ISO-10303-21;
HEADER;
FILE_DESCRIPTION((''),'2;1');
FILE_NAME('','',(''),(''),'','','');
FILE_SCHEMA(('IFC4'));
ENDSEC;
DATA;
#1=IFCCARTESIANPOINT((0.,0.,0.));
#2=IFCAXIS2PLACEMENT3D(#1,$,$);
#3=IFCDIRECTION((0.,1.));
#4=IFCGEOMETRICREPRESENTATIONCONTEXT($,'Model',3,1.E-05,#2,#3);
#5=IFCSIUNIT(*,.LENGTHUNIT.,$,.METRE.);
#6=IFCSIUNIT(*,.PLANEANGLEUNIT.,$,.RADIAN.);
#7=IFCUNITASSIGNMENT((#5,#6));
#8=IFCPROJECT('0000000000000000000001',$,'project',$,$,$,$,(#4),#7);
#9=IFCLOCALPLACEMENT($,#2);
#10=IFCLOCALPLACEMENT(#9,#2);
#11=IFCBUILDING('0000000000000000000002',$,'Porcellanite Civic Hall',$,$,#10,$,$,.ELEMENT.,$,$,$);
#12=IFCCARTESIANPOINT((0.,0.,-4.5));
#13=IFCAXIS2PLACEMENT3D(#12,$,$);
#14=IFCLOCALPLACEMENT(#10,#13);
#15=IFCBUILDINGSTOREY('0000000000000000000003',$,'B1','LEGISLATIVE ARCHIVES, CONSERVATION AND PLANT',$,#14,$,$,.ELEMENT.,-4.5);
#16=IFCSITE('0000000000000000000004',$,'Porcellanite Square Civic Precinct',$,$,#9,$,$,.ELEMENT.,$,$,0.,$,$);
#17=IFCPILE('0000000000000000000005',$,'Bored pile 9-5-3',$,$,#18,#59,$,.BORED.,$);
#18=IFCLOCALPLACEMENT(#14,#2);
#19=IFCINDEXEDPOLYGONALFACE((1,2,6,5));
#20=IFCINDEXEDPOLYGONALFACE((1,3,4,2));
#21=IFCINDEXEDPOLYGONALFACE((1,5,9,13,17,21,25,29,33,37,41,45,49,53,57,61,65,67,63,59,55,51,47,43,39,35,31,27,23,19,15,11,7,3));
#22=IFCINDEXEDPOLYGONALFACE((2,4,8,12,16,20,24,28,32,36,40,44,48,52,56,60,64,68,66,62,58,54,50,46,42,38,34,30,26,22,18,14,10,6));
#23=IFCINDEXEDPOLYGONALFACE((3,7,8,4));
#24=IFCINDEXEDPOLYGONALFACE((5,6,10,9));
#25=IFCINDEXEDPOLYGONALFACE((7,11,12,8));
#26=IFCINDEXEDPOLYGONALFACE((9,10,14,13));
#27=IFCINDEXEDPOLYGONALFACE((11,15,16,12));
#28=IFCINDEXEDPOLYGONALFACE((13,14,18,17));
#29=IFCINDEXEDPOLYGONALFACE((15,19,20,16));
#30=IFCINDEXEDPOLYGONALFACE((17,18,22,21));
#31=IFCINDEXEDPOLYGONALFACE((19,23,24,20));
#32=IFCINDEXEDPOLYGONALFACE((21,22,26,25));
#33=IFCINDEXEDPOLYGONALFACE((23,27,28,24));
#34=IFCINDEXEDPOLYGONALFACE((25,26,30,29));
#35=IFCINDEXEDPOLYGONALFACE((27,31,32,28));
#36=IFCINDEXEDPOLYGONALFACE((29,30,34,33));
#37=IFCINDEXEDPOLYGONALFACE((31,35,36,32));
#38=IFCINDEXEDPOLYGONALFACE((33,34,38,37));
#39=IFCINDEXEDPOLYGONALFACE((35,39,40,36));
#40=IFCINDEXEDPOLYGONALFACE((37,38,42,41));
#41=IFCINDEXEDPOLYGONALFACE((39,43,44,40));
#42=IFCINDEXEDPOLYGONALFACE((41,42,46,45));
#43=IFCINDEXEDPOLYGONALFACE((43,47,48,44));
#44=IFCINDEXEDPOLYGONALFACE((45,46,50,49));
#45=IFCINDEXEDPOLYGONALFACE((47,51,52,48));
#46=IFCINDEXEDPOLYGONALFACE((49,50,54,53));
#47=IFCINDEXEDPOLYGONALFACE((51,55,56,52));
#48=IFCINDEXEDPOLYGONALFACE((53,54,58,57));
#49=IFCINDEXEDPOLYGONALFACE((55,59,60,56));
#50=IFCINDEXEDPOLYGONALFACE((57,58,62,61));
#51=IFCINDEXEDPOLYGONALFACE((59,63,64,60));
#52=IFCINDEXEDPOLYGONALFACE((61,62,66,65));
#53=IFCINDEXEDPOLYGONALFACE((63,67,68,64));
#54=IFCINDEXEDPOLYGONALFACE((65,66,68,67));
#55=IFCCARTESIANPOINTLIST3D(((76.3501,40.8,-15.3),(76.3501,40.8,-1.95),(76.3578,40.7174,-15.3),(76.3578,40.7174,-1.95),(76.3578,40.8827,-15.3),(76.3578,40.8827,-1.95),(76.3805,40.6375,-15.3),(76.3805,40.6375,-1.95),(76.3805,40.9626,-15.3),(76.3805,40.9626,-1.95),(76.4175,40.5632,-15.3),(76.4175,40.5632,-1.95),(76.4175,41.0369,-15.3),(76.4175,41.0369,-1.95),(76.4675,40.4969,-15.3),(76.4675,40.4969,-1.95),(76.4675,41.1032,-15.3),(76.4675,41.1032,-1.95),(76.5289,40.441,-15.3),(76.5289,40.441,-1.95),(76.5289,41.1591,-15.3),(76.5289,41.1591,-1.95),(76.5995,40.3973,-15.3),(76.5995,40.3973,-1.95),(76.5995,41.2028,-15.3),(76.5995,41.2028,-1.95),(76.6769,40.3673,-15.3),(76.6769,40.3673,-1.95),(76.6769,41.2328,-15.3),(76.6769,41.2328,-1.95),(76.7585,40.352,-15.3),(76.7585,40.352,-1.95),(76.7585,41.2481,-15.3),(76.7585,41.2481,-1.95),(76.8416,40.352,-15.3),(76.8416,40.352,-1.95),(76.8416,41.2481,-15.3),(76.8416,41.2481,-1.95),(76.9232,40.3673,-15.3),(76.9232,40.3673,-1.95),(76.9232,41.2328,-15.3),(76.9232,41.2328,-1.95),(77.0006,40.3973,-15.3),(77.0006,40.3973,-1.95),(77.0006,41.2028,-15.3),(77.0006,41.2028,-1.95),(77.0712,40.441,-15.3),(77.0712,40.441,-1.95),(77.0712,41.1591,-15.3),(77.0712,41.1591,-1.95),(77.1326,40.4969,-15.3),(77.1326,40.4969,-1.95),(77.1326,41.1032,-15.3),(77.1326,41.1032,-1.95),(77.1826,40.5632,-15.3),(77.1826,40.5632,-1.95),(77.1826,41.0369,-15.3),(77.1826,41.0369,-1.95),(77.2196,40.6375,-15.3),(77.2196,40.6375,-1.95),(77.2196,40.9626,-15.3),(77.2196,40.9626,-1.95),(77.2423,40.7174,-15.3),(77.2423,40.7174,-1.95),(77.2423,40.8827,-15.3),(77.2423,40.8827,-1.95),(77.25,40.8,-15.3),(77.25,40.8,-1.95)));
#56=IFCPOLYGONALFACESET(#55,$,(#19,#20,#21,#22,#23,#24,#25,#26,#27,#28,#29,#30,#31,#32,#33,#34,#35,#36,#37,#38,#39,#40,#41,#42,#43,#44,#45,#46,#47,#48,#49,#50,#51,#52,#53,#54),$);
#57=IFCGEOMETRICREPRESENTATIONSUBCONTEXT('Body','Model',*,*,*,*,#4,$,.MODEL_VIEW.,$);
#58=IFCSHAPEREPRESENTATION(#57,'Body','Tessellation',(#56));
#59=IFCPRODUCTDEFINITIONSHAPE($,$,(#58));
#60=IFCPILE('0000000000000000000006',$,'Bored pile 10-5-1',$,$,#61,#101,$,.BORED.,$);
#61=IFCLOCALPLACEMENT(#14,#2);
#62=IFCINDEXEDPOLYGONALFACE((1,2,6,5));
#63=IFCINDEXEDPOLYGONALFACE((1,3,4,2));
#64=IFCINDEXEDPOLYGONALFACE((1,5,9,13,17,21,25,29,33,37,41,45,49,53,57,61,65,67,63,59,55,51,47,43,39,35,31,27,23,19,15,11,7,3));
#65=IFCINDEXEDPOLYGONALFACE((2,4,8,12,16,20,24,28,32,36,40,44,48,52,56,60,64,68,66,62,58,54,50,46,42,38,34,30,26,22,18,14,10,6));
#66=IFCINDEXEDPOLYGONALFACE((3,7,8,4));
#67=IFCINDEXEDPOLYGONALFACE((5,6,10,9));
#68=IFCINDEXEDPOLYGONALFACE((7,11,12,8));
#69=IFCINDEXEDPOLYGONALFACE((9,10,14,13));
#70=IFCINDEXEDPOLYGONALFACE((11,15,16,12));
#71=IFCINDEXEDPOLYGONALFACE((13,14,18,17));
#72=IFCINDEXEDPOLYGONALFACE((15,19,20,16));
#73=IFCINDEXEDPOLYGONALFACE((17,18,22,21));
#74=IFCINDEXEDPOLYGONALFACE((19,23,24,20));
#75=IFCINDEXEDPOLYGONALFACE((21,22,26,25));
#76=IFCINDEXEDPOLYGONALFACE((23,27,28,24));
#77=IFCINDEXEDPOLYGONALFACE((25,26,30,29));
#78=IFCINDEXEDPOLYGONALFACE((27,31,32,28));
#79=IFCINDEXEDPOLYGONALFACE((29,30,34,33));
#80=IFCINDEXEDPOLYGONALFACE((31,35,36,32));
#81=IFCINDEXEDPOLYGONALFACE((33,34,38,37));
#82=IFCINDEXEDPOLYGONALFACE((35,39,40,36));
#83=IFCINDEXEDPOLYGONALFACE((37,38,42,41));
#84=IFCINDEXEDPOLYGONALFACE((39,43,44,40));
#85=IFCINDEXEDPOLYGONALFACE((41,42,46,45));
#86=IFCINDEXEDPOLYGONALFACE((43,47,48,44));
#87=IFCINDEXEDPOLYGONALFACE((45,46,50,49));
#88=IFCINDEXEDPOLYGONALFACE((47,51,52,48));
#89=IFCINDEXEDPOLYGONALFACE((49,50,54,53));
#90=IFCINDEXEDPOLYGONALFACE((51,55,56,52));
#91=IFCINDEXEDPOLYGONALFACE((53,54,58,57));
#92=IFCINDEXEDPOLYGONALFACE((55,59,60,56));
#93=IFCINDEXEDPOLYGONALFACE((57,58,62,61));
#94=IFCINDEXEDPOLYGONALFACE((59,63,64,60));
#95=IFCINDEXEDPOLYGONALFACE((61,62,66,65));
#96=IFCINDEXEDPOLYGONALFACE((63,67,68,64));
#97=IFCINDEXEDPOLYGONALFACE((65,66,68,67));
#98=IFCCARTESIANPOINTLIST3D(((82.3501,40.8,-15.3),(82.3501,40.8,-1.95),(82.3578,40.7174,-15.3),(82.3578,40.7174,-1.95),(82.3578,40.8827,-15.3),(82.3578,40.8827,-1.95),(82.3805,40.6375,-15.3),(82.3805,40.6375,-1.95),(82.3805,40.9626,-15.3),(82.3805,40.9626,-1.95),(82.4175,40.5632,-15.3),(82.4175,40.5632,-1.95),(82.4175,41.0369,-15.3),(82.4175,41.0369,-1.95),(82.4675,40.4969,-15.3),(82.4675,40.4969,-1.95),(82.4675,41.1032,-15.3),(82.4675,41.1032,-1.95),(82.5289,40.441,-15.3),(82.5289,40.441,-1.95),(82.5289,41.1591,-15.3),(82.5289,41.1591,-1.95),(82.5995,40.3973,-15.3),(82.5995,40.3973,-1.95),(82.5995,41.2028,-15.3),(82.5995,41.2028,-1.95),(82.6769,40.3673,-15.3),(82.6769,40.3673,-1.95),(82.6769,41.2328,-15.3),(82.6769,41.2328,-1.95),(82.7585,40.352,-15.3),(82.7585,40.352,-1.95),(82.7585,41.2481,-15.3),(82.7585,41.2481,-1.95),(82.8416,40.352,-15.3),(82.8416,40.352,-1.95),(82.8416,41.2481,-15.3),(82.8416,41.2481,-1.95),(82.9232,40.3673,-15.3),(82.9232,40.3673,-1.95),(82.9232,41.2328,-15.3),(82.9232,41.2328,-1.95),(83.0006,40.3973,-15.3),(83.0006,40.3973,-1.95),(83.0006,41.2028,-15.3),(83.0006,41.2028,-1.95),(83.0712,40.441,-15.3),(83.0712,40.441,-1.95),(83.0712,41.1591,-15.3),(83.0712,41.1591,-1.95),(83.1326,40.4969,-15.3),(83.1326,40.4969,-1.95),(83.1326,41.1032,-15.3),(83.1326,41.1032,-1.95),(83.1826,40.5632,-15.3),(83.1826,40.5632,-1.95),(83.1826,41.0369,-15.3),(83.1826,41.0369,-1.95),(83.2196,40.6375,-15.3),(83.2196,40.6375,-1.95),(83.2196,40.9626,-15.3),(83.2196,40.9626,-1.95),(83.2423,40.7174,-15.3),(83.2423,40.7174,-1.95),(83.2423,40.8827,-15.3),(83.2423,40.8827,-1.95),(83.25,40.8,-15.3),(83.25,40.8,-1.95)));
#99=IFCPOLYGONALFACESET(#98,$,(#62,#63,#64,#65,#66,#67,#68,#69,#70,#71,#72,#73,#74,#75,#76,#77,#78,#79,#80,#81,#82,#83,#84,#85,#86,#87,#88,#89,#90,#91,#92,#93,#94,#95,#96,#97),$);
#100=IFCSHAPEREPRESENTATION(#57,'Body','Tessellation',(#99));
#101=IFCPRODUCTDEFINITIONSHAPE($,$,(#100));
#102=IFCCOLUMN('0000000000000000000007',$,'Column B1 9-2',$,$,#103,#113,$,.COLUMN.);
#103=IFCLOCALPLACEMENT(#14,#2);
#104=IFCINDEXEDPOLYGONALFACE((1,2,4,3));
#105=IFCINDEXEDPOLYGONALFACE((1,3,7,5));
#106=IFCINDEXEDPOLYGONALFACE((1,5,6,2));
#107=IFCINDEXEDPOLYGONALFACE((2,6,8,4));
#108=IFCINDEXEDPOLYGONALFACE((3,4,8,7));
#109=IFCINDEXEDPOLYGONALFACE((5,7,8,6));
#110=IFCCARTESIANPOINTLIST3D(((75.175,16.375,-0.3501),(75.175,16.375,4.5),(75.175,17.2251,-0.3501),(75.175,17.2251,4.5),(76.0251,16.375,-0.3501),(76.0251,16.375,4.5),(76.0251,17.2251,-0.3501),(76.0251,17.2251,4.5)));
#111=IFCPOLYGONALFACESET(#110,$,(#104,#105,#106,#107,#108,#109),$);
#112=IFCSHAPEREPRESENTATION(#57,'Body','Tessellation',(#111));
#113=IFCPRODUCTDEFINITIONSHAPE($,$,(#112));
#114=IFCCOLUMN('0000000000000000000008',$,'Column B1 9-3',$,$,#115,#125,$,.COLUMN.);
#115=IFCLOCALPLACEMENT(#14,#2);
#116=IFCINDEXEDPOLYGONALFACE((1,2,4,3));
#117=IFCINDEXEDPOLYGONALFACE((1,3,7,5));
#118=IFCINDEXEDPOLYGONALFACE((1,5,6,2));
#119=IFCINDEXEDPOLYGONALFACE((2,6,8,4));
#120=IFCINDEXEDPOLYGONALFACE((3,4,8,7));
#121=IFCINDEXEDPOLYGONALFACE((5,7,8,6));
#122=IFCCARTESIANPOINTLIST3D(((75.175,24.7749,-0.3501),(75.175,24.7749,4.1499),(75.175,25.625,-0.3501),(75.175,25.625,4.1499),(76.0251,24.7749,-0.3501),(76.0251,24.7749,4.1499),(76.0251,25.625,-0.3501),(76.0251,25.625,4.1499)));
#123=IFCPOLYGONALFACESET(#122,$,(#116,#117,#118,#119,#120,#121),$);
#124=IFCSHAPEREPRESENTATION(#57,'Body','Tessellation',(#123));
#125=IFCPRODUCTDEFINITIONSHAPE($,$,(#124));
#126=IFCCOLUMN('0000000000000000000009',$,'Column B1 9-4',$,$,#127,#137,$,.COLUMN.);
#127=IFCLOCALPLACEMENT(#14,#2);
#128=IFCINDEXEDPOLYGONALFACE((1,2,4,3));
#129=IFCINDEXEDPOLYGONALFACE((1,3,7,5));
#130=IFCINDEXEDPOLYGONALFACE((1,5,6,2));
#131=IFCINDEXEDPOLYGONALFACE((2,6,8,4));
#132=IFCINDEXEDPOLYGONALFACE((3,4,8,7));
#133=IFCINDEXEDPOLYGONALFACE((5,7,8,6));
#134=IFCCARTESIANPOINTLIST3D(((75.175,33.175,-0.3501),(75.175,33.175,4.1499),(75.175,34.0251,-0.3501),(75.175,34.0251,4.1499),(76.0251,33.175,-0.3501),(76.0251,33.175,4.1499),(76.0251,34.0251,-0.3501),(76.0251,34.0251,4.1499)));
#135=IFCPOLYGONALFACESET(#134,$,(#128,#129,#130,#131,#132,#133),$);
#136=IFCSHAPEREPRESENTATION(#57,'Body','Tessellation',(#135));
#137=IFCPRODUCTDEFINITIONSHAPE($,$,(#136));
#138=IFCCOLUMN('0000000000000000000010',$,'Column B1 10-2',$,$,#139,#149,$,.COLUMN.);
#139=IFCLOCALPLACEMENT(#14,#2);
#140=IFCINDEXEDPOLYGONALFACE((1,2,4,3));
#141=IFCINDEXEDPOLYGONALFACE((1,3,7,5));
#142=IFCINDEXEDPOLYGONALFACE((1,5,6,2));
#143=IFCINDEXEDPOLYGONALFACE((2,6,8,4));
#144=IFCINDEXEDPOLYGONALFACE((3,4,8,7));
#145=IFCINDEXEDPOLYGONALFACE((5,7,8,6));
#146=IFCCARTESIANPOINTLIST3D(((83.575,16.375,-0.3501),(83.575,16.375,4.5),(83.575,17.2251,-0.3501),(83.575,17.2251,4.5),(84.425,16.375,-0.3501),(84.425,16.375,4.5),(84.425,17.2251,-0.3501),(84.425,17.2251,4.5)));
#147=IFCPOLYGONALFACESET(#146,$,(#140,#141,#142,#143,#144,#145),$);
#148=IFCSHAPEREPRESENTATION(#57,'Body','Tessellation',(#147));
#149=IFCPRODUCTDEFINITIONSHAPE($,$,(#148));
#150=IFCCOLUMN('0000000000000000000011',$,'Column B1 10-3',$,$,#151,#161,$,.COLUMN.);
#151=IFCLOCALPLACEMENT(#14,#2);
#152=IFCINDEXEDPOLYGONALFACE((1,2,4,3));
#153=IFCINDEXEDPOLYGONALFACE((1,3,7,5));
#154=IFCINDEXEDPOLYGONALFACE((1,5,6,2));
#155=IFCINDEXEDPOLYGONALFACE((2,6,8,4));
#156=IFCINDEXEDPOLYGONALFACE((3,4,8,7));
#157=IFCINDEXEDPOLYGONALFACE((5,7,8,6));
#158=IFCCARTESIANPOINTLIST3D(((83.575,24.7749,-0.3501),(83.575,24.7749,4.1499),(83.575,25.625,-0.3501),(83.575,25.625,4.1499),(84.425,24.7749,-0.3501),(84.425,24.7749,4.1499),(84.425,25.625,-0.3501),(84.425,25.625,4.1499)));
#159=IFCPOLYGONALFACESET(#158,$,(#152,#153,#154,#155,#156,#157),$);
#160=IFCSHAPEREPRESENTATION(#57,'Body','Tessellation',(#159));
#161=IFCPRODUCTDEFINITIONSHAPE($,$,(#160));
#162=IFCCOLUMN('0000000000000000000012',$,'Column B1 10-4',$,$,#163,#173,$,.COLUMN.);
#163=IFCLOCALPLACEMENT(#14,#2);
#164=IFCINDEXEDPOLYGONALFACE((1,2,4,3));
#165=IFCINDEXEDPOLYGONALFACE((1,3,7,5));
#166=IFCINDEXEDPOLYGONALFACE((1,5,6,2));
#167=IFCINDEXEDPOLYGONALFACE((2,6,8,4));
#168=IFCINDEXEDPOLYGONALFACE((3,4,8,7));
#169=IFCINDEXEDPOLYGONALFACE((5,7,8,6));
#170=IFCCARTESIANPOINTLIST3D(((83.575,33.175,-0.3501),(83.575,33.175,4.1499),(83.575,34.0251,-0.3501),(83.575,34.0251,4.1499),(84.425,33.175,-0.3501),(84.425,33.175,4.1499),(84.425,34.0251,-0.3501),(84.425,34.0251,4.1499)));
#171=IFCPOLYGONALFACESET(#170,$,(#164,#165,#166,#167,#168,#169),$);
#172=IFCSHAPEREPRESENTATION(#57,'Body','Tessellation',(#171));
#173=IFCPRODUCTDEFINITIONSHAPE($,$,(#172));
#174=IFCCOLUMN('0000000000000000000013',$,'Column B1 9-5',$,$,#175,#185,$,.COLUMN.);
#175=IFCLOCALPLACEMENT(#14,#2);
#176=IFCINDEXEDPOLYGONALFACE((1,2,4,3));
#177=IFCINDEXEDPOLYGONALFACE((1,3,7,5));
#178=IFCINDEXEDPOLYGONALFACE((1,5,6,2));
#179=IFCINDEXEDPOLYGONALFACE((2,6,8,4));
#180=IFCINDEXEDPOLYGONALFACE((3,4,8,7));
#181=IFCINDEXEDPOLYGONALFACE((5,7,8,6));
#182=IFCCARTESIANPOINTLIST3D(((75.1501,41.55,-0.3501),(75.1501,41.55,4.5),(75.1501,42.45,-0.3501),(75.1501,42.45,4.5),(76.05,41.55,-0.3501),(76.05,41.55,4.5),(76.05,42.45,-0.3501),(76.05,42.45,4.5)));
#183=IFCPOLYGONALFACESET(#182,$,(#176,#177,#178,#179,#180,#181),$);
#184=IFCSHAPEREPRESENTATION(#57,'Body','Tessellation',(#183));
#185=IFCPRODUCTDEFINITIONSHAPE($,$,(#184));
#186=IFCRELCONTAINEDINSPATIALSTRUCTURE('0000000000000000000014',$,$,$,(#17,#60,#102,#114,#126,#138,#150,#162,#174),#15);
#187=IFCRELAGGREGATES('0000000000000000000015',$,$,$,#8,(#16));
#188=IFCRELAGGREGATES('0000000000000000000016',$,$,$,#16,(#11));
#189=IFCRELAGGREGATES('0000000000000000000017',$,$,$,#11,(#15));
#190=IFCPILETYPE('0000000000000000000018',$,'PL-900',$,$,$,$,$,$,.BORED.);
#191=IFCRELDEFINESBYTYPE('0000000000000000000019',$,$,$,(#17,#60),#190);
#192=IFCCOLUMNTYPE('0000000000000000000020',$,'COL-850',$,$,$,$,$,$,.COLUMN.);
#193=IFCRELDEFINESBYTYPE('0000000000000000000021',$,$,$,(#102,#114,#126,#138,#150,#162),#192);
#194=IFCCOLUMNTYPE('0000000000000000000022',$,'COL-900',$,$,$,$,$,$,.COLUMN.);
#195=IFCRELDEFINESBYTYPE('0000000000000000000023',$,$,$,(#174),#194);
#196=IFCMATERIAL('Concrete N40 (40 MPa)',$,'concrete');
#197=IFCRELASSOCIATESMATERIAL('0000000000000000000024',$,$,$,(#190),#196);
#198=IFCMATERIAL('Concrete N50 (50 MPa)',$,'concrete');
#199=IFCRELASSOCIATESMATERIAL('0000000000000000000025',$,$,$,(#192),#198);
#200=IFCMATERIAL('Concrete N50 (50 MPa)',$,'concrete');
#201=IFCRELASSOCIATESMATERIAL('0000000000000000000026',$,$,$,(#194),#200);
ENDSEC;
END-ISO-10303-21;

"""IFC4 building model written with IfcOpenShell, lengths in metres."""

from ifc_helpers import new_model, si_unit, direction, frame, origin, origin_2d, place, context, subcontext, project, spatial, rectangle, circle, extrude, material, material_profile, profile_set, type_object, element, save


model = new_model("IFC4")

# Units and contexts
model_context = context("Model", 3, precision=1e-05, world=origin(), true_north=direction((0.0, 1.0)))
body_context = subcontext(model_context, "Body", "Model", "MODEL_VIEW")
ifc_project = project(units=[si_unit("LENGTHUNIT", "METRE"), si_unit("PLANEANGLEUNIT", "RADIAN")], contexts=[model_context])

# Site, building, storey
site_placement = place(None, origin())
site = spatial("IfcSite", under=ifc_project, at=site_placement, Name="Porcellanite Square Civic Precinct", CompositionType="ELEMENT", RefElevation=0.0)
building_placement = place(site_placement, origin())
building = spatial("IfcBuilding", under=site, at=building_placement, Name="Porcellanite Civic Hall", CompositionType="ELEMENT")
storey_placement = place(building_placement, frame((0.0, 0.0, -4.5)))
storey = spatial("IfcBuildingStorey", under=building, at=storey_placement, Name="B1", Description="LEGISLATIVE ARCHIVES, CONSERVATION AND PLANT", CompositionType="ELEMENT", Elevation=-4.5)

# Piles
ifc_material_1 = material(Name="Concrete N40 (40 MPa)", Category="concrete")
ifc_material_profile_1 = material_profile(ifc_material_1, circle(Radius=0.45, at=origin_2d()), Name="PILE-D900")
ifc_profile_set_1 = profile_set([ifc_material_profile_1], Name="Concrete N40 (40 MPa)")
pile_type_1 = type_object("IfcPileType", Name="PL-900", PredefinedType="BORED", material=ifc_profile_set_1)
for number, where, z_axis, x_axis, name in (
    (1, (76.8, 40.8, -1.95), (0.0, 0.0, -1.0), (1.0, 0.0, 0.0), "Bored pile 9-5-3"),
    (2, (82.8, 40.8, -1.95), (0.0, 0.0, -1.0), (1.0, 0.0, 0.0), "Bored pile 10-5-1"),
):
    element("IfcPile", number, at=place(storey_placement, frame(where, z_axis=z_axis, x_axis=x_axis)), inside=storey, type_object=pile_type_1, Name=name, PredefinedType="BORED", context=body_context, shape_type="SweptSolid", body=[
        extrude(circle(Radius=0.45, at=origin_2d()), origin(), (0.0, 0.0, 1.0), 13.3501),
    ])

# Columns
ifc_material_2 = material(Name="Concrete N50 (50 MPa)", Category="concrete")
ifc_material_profile_2 = material_profile(ifc_material_2, rectangle(XDim=0.8501, YDim=0.8501, at=origin_2d()), Name="RC-850x850")
ifc_profile_set_2 = profile_set([ifc_material_profile_2], Name="Concrete N50 (50 MPa)")
column_type_1 = type_object("IfcColumnType", Name="COL-850", PredefinedType="COLUMN", material=ifc_profile_set_2)
column_1_placement = place(storey_placement, frame((75.6001, 16.8, -0.3501), z_axis=(0.0, 0.0, 1.0), x_axis=(1.0, 0.0, 0.0)))
element("IfcColumn", 3, at=column_1_placement, inside=storey, type_object=column_type_1, Name="Column B1 9-2", PredefinedType="COLUMN", context=body_context, shape_type="SweptSolid", body=[
    extrude(rectangle(XDim=0.8501, YDim=0.8501, at=origin_2d()), origin(), (0.0, 0.0, 1.0), 4.8501),
])
for number, where, z_axis, x_axis, name in (
    (4, (75.6001, 25.2, -0.3501), (0.0, 0.0, 1.0), (1.0, 0.0, 0.0), "Column B1 9-3"),
    (5, (75.6001, 33.6001, -0.3501), (0.0, 0.0, 1.0), (1.0, 0.0, 0.0), "Column B1 9-4"),
):
    element("IfcColumn", number, at=place(storey_placement, frame(where, z_axis=z_axis, x_axis=x_axis)), inside=storey, type_object=column_type_1, Name=name, PredefinedType="COLUMN", context=body_context, shape_type="SweptSolid", body=[
        extrude(rectangle(XDim=0.8501, YDim=0.8501, at=origin_2d()), origin(), (0.0, 0.0, 1.0), 4.5),
    ])
column_2_placement = place(storey_placement, frame((84.0, 16.8, -0.3501), z_axis=(0.0, 0.0, 1.0), x_axis=(1.0, 0.0, 0.0)))
element("IfcColumn", 6, at=column_2_placement, inside=storey, type_object=column_type_1, Name="Column B1 10-2", PredefinedType="COLUMN", context=body_context, shape_type="SweptSolid", body=[
    extrude(rectangle(XDim=0.8501, YDim=0.8501, at=origin_2d()), origin(), (0.0, 0.0, 1.0), 4.8501),
])
for number, where, z_axis, x_axis, name in (
    (7, (84.0, 25.2, -0.3501), (0.0, 0.0, 1.0), (1.0, 0.0, 0.0), "Column B1 10-3"),
    (8, (84.0, 33.6001, -0.3501), (0.0, 0.0, 1.0), (1.0, 0.0, 0.0), "Column B1 10-4"),
):
    element("IfcColumn", number, at=place(storey_placement, frame(where, z_axis=z_axis, x_axis=x_axis)), inside=storey, type_object=column_type_1, Name=name, PredefinedType="COLUMN", context=body_context, shape_type="SweptSolid", body=[
        extrude(rectangle(XDim=0.8501, YDim=0.8501, at=origin_2d()), origin(), (0.0, 0.0, 1.0), 4.5),
    ])
ifc_material_3 = material(Name="Concrete N50 (50 MPa)", Category="concrete")
ifc_material_profile_3 = material_profile(ifc_material_3, rectangle(XDim=0.8999, YDim=0.8999, at=origin_2d()), Name="RC-900x900")
ifc_profile_set_3 = profile_set([ifc_material_profile_3], Name="Concrete N50 (50 MPa)")
column_type_2 = type_object("IfcColumnType", Name="COL-900", PredefinedType="COLUMN", material=ifc_profile_set_3)
column_3_placement = place(storey_placement, frame((75.6001, 42.0, -0.3501), z_axis=(0.0, 0.0, 1.0), x_axis=(1.0, 0.0, 0.0)))
element("IfcColumn", 9, at=column_3_placement, inside=storey, type_object=column_type_2, Name="Column B1 9-5", PredefinedType="COLUMN", context=body_context, shape_type="SweptSolid", body=[
    extrude(rectangle(XDim=0.8999, YDim=0.8999, at=origin_2d()), origin(), (0.0, 0.0, 1.0), 4.8501),
])

save(model, "model.ifc")
